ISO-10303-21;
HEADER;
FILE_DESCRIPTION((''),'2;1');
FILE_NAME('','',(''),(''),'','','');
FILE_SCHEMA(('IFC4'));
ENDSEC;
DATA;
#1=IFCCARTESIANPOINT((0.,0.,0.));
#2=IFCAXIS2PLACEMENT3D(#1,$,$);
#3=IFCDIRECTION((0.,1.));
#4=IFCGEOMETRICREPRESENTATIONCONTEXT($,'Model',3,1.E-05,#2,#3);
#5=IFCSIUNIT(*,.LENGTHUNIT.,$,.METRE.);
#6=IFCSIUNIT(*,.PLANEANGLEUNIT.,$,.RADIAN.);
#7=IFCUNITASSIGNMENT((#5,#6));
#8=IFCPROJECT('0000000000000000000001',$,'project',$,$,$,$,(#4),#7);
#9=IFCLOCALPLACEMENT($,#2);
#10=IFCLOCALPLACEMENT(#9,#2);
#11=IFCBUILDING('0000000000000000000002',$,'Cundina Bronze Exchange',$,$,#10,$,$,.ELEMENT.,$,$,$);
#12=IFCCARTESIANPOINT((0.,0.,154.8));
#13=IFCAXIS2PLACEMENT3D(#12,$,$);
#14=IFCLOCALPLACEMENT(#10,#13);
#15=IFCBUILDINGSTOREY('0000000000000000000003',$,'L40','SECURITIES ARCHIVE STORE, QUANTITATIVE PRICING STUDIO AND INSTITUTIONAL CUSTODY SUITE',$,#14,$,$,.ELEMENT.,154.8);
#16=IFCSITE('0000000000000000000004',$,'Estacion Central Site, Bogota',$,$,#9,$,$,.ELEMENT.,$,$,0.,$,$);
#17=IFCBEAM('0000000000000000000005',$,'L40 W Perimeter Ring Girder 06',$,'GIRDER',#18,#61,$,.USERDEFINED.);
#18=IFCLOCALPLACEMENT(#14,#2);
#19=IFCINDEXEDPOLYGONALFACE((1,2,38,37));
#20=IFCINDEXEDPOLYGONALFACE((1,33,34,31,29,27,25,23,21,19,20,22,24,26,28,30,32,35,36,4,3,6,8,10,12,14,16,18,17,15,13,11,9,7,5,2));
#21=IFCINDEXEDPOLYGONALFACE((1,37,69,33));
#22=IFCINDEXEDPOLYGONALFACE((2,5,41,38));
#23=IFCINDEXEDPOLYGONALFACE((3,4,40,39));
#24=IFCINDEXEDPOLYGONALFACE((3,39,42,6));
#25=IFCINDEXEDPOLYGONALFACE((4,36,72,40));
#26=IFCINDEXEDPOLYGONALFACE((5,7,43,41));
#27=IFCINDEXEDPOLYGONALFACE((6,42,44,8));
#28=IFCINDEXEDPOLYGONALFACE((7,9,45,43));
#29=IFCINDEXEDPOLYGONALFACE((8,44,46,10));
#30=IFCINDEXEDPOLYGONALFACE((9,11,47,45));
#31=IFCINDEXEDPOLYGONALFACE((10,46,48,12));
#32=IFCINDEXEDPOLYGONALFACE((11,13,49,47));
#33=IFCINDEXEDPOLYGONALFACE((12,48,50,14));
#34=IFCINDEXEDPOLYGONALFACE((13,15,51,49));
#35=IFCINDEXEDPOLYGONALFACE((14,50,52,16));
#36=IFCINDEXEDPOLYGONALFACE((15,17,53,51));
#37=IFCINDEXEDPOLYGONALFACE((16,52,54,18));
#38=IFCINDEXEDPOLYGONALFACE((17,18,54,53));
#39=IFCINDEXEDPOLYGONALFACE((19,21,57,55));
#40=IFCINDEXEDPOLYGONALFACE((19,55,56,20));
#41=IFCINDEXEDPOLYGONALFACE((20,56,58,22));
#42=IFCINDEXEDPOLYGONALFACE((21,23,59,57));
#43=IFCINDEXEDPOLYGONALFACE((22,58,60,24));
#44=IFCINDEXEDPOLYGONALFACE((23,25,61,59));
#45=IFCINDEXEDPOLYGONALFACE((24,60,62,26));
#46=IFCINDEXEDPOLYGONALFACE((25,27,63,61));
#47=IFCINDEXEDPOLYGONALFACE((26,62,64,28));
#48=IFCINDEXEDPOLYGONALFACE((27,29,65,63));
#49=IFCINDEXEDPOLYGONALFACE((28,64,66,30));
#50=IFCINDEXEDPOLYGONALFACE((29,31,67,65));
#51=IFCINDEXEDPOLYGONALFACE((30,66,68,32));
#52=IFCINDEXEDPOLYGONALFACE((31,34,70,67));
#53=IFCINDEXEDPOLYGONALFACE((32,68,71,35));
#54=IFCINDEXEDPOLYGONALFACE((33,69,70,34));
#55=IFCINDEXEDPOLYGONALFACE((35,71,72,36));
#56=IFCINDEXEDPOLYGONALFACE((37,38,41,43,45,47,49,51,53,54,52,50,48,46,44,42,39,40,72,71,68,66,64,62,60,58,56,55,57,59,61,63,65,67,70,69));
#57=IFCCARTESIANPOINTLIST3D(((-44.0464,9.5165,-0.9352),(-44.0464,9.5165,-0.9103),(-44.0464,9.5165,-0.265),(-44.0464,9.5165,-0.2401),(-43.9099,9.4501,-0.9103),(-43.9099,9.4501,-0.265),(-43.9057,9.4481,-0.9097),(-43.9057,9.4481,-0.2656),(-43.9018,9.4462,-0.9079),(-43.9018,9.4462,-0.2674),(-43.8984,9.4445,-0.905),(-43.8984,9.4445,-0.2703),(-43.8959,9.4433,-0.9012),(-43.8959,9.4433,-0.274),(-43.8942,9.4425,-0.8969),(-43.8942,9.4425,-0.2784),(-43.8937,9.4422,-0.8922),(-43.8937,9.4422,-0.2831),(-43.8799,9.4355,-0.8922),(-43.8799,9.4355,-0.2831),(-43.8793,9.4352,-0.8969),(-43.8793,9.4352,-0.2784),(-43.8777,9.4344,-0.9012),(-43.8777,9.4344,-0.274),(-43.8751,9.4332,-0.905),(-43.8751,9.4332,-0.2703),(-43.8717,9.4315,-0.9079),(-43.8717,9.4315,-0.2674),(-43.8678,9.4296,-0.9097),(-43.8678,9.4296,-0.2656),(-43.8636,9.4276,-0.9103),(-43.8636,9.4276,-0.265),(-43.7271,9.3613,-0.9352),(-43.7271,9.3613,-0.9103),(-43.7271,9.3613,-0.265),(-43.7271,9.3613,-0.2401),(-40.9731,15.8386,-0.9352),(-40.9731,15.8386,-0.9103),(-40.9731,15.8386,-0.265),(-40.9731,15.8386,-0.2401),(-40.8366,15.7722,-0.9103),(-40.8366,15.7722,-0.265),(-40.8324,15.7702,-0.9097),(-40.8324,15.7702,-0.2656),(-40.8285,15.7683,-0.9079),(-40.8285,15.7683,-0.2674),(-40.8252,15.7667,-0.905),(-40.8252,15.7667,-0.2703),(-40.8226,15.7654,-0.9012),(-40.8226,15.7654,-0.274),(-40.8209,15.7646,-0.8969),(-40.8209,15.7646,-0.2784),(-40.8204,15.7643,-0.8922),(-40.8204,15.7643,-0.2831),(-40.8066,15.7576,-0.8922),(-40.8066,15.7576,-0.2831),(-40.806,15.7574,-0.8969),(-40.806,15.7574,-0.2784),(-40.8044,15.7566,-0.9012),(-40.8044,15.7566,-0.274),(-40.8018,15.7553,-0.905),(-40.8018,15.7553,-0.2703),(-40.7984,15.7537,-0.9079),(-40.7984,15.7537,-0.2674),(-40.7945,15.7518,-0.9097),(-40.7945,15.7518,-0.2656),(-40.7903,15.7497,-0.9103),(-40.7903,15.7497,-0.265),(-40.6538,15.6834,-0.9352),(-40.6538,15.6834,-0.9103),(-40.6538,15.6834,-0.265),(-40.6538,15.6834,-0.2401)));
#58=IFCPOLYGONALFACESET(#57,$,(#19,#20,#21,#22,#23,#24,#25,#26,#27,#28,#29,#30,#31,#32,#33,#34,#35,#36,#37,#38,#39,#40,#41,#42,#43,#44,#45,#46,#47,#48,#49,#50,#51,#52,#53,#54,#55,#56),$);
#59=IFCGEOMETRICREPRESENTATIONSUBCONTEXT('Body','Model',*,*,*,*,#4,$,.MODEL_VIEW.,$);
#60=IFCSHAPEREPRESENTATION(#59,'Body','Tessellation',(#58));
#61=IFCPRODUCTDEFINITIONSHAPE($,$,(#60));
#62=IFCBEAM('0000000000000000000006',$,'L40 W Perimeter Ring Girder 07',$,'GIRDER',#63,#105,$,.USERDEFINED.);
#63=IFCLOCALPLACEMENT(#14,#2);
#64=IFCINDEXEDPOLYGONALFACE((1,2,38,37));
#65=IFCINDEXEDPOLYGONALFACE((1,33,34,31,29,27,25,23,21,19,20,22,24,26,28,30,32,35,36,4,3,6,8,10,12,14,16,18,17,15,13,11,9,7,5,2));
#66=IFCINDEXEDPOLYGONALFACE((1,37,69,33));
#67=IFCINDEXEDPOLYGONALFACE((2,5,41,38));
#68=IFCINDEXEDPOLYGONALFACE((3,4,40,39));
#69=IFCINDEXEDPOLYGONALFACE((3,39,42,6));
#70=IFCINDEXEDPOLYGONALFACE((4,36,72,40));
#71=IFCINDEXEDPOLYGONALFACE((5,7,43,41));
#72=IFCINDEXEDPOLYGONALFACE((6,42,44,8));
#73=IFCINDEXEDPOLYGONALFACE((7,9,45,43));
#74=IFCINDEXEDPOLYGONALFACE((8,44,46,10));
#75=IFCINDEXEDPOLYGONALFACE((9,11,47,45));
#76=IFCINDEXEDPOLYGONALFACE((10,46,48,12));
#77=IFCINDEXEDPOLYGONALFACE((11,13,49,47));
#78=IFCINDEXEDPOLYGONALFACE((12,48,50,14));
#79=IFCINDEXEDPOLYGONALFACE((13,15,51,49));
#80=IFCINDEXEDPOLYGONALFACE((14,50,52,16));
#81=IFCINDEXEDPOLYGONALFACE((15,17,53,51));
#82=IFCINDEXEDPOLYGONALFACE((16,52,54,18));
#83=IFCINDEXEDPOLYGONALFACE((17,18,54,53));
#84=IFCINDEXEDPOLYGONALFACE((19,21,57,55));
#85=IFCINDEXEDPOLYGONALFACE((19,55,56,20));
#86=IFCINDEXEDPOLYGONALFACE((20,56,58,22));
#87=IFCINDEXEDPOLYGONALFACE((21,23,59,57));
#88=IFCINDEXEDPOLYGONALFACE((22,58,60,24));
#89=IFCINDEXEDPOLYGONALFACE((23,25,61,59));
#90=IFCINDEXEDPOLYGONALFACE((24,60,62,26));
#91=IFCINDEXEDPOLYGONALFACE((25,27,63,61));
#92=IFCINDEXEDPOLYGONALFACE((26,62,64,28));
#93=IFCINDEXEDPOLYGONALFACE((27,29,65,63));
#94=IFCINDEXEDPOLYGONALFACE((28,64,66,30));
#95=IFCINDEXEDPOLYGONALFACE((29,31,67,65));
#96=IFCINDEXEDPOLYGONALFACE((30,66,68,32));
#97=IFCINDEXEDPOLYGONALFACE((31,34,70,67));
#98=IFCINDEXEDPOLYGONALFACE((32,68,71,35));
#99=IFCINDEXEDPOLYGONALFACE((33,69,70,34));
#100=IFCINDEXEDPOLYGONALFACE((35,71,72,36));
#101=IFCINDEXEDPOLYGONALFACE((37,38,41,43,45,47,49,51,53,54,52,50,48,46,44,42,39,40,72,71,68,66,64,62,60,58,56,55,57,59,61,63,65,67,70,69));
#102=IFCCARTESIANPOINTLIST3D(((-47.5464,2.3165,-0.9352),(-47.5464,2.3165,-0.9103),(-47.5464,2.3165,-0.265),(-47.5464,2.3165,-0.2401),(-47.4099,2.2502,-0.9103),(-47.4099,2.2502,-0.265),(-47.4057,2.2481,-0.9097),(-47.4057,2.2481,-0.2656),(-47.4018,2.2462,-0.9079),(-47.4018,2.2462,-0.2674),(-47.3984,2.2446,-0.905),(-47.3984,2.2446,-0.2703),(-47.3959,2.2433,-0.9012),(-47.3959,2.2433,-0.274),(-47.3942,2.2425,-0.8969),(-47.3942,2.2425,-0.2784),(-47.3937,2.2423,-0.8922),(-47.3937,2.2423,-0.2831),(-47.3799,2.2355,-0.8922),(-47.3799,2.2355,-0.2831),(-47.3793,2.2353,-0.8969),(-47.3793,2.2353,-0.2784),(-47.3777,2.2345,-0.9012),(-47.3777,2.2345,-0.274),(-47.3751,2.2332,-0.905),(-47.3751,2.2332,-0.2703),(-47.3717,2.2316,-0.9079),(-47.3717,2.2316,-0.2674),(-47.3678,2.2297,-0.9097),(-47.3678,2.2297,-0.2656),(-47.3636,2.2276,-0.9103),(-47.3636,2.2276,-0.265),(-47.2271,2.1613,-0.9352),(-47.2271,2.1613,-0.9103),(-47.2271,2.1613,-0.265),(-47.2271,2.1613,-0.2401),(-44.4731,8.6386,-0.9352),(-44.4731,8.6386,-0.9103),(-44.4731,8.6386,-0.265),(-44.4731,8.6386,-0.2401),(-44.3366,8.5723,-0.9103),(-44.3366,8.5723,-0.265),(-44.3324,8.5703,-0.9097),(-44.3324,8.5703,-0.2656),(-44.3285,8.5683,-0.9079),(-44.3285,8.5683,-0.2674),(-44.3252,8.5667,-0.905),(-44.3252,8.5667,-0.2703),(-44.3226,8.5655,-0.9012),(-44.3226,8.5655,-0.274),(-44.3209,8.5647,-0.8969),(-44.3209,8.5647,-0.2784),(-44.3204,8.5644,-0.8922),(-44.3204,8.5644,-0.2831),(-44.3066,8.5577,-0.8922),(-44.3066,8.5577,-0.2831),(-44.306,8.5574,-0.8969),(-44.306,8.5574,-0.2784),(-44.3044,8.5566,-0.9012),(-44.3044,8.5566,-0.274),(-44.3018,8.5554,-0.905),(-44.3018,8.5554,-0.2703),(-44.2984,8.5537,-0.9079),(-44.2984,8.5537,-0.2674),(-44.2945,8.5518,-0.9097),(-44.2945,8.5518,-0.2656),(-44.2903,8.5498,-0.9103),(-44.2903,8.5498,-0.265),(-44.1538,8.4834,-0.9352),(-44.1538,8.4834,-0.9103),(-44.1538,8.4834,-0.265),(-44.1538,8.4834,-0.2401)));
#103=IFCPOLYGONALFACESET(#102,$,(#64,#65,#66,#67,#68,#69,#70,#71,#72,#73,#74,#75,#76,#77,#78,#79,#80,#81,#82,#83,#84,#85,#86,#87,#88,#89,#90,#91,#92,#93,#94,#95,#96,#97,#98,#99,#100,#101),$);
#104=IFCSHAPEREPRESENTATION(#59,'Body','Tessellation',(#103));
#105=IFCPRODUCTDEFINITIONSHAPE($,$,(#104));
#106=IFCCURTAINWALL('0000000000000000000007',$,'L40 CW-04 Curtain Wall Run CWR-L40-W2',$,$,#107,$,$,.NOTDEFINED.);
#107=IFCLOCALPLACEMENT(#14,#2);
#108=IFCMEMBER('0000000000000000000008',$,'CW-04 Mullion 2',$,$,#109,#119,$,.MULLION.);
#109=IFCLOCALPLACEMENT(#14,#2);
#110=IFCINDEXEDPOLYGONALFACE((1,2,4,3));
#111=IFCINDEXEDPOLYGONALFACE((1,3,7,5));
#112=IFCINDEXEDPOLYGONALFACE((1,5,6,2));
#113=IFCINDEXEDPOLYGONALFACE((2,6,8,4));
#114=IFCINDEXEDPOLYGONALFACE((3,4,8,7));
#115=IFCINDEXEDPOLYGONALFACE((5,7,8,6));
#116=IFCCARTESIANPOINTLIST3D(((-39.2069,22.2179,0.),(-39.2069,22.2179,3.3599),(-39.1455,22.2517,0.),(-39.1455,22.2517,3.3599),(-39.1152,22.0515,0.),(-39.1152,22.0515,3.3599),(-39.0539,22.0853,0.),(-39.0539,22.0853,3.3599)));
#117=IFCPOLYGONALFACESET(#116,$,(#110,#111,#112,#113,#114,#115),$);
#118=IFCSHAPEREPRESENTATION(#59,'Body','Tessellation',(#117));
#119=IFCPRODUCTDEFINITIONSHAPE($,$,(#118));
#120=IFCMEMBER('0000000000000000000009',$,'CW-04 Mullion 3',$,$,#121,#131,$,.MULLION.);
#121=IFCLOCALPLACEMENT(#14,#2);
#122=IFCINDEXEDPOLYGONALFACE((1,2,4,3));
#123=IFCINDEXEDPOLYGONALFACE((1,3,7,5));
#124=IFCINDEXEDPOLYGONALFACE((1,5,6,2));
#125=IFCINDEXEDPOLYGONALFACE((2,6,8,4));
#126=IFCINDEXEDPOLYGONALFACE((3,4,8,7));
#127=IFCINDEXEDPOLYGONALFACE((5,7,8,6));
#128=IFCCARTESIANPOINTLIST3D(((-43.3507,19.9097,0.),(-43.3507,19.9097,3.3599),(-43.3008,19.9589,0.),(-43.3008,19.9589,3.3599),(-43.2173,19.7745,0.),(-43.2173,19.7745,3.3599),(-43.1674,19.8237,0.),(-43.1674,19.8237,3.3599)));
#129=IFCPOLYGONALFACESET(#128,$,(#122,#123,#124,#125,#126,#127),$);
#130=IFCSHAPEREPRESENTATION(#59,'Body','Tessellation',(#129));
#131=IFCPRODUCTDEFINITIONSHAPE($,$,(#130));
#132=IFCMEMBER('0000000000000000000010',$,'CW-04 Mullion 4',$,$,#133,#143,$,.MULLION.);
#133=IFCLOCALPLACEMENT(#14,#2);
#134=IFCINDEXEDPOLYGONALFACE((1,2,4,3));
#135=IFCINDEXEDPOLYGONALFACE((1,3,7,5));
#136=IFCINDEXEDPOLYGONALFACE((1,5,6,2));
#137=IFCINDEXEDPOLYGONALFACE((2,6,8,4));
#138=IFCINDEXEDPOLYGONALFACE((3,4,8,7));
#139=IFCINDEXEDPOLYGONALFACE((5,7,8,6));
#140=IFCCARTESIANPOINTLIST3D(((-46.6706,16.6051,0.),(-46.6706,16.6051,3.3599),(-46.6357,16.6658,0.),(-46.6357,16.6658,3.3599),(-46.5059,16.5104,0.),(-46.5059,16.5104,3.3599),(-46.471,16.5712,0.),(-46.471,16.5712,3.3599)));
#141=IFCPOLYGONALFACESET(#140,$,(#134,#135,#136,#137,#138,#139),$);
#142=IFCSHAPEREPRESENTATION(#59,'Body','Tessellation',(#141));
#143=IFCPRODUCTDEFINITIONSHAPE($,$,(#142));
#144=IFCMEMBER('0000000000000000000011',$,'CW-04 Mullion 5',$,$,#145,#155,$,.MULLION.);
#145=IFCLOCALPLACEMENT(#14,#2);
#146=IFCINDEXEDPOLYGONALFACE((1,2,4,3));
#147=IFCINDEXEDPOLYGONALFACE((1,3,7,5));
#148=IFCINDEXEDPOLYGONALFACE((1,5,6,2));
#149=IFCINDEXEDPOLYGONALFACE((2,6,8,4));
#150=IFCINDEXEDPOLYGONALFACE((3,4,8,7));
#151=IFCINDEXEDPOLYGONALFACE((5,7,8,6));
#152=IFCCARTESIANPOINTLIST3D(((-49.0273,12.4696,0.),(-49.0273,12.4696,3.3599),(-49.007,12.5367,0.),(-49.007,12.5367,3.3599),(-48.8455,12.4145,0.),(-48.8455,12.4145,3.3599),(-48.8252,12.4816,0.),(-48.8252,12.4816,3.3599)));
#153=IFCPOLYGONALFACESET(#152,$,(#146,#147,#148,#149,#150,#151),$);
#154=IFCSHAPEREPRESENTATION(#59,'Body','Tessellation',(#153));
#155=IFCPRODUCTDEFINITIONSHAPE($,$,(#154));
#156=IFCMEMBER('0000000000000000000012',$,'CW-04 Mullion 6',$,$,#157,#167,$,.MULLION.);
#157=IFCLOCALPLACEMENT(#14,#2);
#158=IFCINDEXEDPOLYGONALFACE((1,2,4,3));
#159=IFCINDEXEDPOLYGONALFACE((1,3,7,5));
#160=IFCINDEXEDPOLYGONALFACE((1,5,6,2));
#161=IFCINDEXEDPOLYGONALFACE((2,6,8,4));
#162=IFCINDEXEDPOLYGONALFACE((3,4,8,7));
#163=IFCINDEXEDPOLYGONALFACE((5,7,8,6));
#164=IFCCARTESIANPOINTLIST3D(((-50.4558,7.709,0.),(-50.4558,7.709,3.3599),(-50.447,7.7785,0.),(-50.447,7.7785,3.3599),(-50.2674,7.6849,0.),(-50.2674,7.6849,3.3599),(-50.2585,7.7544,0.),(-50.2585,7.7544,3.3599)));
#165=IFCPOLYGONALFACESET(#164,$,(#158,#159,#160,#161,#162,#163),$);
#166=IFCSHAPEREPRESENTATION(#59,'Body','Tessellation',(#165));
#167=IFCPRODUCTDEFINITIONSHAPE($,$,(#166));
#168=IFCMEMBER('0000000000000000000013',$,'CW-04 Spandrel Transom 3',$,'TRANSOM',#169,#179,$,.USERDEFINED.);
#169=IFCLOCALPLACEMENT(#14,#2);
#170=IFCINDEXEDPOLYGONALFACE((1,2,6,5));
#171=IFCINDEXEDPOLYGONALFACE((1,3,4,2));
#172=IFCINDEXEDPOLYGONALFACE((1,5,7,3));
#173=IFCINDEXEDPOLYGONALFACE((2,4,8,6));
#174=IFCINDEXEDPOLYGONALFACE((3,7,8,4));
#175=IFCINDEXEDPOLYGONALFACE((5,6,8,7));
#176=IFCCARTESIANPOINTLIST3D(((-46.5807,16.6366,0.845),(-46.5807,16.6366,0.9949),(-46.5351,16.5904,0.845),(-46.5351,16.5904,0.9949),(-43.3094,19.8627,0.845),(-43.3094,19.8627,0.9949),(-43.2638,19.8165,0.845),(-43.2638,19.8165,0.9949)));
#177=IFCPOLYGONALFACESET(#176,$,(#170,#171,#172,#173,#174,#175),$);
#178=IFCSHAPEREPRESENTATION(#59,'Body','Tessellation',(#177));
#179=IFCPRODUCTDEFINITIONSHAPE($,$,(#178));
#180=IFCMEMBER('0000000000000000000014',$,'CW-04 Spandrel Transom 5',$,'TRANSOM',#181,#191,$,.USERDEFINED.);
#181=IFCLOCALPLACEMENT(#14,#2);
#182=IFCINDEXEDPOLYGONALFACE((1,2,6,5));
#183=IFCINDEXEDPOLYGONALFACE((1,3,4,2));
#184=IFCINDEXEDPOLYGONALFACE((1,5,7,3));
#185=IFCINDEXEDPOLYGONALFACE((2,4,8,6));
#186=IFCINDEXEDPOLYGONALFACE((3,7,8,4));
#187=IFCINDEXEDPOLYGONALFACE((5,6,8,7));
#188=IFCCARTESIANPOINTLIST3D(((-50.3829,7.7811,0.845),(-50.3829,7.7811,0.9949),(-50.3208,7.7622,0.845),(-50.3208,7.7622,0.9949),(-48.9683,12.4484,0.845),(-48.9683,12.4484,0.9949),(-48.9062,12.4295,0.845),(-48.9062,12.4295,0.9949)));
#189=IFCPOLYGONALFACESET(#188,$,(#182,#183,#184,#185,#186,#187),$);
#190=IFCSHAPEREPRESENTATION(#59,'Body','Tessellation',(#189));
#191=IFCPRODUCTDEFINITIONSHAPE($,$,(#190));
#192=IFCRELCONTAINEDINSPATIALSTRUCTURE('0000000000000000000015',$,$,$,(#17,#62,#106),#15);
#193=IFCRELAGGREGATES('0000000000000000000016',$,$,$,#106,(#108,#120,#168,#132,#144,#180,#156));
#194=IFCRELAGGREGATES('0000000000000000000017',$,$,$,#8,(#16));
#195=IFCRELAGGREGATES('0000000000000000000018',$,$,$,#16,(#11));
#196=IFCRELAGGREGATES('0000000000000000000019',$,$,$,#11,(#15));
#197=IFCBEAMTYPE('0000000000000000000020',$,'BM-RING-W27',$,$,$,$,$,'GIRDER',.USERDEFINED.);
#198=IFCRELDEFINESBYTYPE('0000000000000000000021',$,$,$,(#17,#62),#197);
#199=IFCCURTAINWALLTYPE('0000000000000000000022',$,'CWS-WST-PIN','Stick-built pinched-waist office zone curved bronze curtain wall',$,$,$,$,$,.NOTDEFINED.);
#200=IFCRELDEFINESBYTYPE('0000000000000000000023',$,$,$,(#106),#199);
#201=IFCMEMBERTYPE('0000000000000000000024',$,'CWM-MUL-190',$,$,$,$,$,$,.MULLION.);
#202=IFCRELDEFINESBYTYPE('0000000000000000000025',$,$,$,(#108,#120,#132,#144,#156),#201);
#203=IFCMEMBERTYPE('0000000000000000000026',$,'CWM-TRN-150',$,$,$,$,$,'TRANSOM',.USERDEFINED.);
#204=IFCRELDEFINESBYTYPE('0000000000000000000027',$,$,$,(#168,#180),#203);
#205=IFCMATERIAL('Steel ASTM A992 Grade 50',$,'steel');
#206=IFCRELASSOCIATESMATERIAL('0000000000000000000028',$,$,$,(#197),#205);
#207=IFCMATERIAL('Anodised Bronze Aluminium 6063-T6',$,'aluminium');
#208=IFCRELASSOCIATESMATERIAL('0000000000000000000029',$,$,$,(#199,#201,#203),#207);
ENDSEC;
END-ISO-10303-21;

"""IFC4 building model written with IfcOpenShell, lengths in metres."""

from ifc_helpers import new_model, si_unit, direction, frame, origin, origin_2d, place, context, subcontext, project, spatial, rectangle, i_section, extrude, material, material_profile, profile_set, type_object, element, aggregate, save


model = new_model("IFC4")

# Units and contexts
model_context = context("Model", 3, precision=1e-05, world=origin(), true_north=direction((0.0, 1.0)))
body_context = subcontext(model_context, "Body", "Model", "MODEL_VIEW")
ifc_project = project(units=[si_unit("LENGTHUNIT", "METRE"), si_unit("PLANEANGLEUNIT", "RADIAN")], contexts=[model_context])

# Site, building, storey
site_placement = place(None, origin())
site = spatial("IfcSite", under=ifc_project, at=site_placement, Name="Estacion Central Site, Bogota", CompositionType="ELEMENT", RefElevation=0.0)
building_placement = place(site_placement, origin())
building = spatial("IfcBuilding", under=site, at=building_placement, Name="Cundina Bronze Exchange", CompositionType="ELEMENT")
storey_placement = place(building_placement, frame((0.0, 0.0, 154.8)))
storey = spatial("IfcBuildingStorey", under=building, at=storey_placement, Name="L40", Description="SECURITIES ARCHIVE STORE, QUANTITATIVE PRICING STUDIO AND INSTITUTIONAL CUSTODY SUITE", CompositionType="ELEMENT", Elevation=154.8)

# Beams
ifc_material_1 = material(Name="Steel ASTM A992 Grade 50", Category="steel")
ifc_material_profile_1 = material_profile(ifc_material_1, i_section(OverallWidth=0.355, OverallDepth=0.6951, WebThickness=0.0154, FlangeThickness=0.0249, FilletRadius=0.0181, at=origin_2d()), Name="W27X146", Category="steel")
ifc_profile_set_1 = profile_set([ifc_material_profile_1], Name="Steel ASTM A992 Grade 50")
beam_type_1 = type_object("IfcBeamType", Name="BM-RING-W27", ElementType="GIRDER", PredefinedType="USERDEFINED", material=ifc_profile_set_1)
for number, where, z_axis, x_axis, name in (
    (1, (-40.8135, 15.761, -0.5876), (-0.437197, -0.899366, 0.0), (0.899366, -0.437197, 0.0), "L40 W Perimeter Ring Girder 06"),
    (2, (-44.3135, 8.561, -0.5876), (-0.437197, -0.899366, 0.0), (0.899366, -0.437197, 0.0), "L40 W Perimeter Ring Girder 07"),
):
    element("IfcBeam", number, at=place(storey_placement, frame(where, z_axis=z_axis, x_axis=x_axis)), inside=storey, type_object=beam_type_1, Name=name, ObjectType="GIRDER", PredefinedType="USERDEFINED", context=body_context, shape_type="SweptSolid", body=[
        extrude(i_section(OverallWidth=0.355, OverallDepth=0.6951, WebThickness=0.0154, FlangeThickness=0.0249, FilletRadius=0.0181, at=origin_2d()), origin(), (0.0, 0.0, 1.0), 7.0295),
    ])

# Curtain wall, members
ifc_material_2 = material(Name="Anodised Bronze Aluminium 6063-T6", Category="aluminium")
curtain_wall_type = type_object("IfcCurtainWallType", Name="CWS-WST-PIN", Description="Stick-built pinched-waist office zone curved bronze curtain wall", PredefinedType="NOTDEFINED", material=ifc_material_2)
curtain_wall_placement = place(storey_placement, origin())
curtain_wall = element("IfcCurtainWall", 3, at=curtain_wall_placement, inside=storey, type_object=curtain_wall_type, Name="L40 CW-04 Curtain Wall Run CWR-L40-W2", PredefinedType="NOTDEFINED")
ifc_material_profile_2 = material_profile(ifc_material_2, rectangle(XDim=0.0701, YDim=0.1899, at=origin_2d()), Name="AL70X190", Category="aluminium")
ifc_profile_set_2 = profile_set([ifc_material_profile_2], Name="Anodised Bronze Aluminium 6063-T6")
member_type_1 = type_object("IfcMemberType", Name="CWM-MUL-190", PredefinedType="MULLION", material=ifc_profile_set_2)
member_1_placement = place(storey_placement, frame((-39.1304, 22.1516, 0.0), z_axis=(0.0, 0.0, 1.0), x_axis=(-0.875886, -0.482518, 0.0)))
member_1 = element("IfcMember", 4, at=member_1_placement, type_object=member_type_1, Name="CW-04 Mullion 2", PredefinedType="MULLION", context=body_context, shape_type="SweptSolid", body=[
    extrude(rectangle(XDim=0.0701, YDim=0.1899, at=origin_2d()), origin(), (0.0, 0.0, 1.0), 3.3599),
])
member_2_placement = place(storey_placement, frame((-43.259, 19.8667, 0.0), z_axis=(0.0, 0.0, 1.0), x_axis=(-0.712026, -0.702153, 0.0)))
member_2 = element("IfcMember", 5, at=member_2_placement, type_object=member_type_1, Name="CW-04 Mullion 3", PredefinedType="MULLION", context=body_context, shape_type="SweptSolid", body=[
    extrude(rectangle(XDim=0.0701, YDim=0.1899, at=origin_2d()), origin(), (0.0, 0.0, 1.0), 3.3599),
])
member_3_placement = place(storey_placement, frame((-46.5708, 16.5881, 0.0), z_axis=(0.0, 0.0, 1.0), x_axis=(-0.498488, -0.866897, 0.0)))
member_3 = element("IfcMember", 6, at=member_3_placement, type_object=member_type_1, Name="CW-04 Mullion 4", PredefinedType="MULLION", context=body_context, shape_type="SweptSolid", body=[
    extrude(rectangle(XDim=0.0701, YDim=0.1899, at=origin_2d()), origin(), (0.0, 0.0, 1.0), 3.3599),
])
member_4_placement = place(storey_placement, frame((-48.9263, 12.4756, 0.0), z_axis=(0.0, 0.0, 1.0), x_axis=(-0.290034, -0.957016, 0.0)))
member_4 = element("IfcMember", 7, at=member_4_placement, type_object=member_type_1, Name="CW-04 Mullion 5", PredefinedType="MULLION", context=body_context, shape_type="SweptSolid", body=[
    extrude(rectangle(XDim=0.0701, YDim=0.1899, at=origin_2d()), origin(), (0.0, 0.0, 1.0), 3.3599),
])
member_5_placement = place(storey_placement, frame((-50.3572, 7.7317, 0.0), z_axis=(0.0, 0.0, 1.0), x_axis=(-0.126545, -0.991961, 0.0)))
member_5 = element("IfcMember", 8, at=member_5_placement, type_object=member_type_1, Name="CW-04 Mullion 6", PredefinedType="MULLION", context=body_context, shape_type="SweptSolid", body=[
    extrude(rectangle(XDim=0.0701, YDim=0.1899, at=origin_2d()), origin(), (0.0, 0.0, 1.0), 3.3599),
])
ifc_material_profile_3 = material_profile(ifc_material_2, rectangle(XDim=0.0649, YDim=0.1499, at=origin_2d()), Name="AL65X150", Category="aluminium")
ifc_profile_set_3 = profile_set([ifc_material_profile_3], Name="Anodised Bronze Aluminium 6063-T6")
member_type_2 = type_object("IfcMemberType", Name="CWM-TRN-150", ElementType="TRANSOM", PredefinedType="USERDEFINED", material=ifc_profile_set_3)
member_6_placement = place(storey_placement, frame((-43.2866, 19.8396, 0.9199), z_axis=(-0.712005, -0.702174, 0.0), x_axis=(0.702174, -0.712005, 0.0)))
member_6 = element("IfcMember", 9, at=member_6_placement, type_object=member_type_2, Name="CW-04 Spandrel Transom 3", ObjectType="TRANSOM", PredefinedType="USERDEFINED", context=body_context, shape_type="SweptSolid", body=[
    extrude(rectangle(XDim=0.0649, YDim=0.1499, at=origin_2d()), origin(), (0.0, 0.0, 1.0), 4.5945),
])
member_7_placement = place(storey_placement, frame((-48.9373, 12.439, 0.9199), z_axis=(-0.290052, -0.957011, 0.0), x_axis=(0.957011, -0.290052, 0.0)))
member_7 = element("IfcMember", 10, at=member_7_placement, type_object=member_type_2, Name="CW-04 Spandrel Transom 5", ObjectType="TRANSOM", PredefinedType="USERDEFINED", context=body_context, shape_type="SweptSolid", body=[
    extrude(rectangle(XDim=0.0649, YDim=0.1499, at=origin_2d()), origin(), (0.0, 0.0, 1.0), 4.877),
])
aggregate(curtain_wall, [member_1, member_2, member_6, member_3, member_4, member_7, member_5])

save(model, "model.ifc")
